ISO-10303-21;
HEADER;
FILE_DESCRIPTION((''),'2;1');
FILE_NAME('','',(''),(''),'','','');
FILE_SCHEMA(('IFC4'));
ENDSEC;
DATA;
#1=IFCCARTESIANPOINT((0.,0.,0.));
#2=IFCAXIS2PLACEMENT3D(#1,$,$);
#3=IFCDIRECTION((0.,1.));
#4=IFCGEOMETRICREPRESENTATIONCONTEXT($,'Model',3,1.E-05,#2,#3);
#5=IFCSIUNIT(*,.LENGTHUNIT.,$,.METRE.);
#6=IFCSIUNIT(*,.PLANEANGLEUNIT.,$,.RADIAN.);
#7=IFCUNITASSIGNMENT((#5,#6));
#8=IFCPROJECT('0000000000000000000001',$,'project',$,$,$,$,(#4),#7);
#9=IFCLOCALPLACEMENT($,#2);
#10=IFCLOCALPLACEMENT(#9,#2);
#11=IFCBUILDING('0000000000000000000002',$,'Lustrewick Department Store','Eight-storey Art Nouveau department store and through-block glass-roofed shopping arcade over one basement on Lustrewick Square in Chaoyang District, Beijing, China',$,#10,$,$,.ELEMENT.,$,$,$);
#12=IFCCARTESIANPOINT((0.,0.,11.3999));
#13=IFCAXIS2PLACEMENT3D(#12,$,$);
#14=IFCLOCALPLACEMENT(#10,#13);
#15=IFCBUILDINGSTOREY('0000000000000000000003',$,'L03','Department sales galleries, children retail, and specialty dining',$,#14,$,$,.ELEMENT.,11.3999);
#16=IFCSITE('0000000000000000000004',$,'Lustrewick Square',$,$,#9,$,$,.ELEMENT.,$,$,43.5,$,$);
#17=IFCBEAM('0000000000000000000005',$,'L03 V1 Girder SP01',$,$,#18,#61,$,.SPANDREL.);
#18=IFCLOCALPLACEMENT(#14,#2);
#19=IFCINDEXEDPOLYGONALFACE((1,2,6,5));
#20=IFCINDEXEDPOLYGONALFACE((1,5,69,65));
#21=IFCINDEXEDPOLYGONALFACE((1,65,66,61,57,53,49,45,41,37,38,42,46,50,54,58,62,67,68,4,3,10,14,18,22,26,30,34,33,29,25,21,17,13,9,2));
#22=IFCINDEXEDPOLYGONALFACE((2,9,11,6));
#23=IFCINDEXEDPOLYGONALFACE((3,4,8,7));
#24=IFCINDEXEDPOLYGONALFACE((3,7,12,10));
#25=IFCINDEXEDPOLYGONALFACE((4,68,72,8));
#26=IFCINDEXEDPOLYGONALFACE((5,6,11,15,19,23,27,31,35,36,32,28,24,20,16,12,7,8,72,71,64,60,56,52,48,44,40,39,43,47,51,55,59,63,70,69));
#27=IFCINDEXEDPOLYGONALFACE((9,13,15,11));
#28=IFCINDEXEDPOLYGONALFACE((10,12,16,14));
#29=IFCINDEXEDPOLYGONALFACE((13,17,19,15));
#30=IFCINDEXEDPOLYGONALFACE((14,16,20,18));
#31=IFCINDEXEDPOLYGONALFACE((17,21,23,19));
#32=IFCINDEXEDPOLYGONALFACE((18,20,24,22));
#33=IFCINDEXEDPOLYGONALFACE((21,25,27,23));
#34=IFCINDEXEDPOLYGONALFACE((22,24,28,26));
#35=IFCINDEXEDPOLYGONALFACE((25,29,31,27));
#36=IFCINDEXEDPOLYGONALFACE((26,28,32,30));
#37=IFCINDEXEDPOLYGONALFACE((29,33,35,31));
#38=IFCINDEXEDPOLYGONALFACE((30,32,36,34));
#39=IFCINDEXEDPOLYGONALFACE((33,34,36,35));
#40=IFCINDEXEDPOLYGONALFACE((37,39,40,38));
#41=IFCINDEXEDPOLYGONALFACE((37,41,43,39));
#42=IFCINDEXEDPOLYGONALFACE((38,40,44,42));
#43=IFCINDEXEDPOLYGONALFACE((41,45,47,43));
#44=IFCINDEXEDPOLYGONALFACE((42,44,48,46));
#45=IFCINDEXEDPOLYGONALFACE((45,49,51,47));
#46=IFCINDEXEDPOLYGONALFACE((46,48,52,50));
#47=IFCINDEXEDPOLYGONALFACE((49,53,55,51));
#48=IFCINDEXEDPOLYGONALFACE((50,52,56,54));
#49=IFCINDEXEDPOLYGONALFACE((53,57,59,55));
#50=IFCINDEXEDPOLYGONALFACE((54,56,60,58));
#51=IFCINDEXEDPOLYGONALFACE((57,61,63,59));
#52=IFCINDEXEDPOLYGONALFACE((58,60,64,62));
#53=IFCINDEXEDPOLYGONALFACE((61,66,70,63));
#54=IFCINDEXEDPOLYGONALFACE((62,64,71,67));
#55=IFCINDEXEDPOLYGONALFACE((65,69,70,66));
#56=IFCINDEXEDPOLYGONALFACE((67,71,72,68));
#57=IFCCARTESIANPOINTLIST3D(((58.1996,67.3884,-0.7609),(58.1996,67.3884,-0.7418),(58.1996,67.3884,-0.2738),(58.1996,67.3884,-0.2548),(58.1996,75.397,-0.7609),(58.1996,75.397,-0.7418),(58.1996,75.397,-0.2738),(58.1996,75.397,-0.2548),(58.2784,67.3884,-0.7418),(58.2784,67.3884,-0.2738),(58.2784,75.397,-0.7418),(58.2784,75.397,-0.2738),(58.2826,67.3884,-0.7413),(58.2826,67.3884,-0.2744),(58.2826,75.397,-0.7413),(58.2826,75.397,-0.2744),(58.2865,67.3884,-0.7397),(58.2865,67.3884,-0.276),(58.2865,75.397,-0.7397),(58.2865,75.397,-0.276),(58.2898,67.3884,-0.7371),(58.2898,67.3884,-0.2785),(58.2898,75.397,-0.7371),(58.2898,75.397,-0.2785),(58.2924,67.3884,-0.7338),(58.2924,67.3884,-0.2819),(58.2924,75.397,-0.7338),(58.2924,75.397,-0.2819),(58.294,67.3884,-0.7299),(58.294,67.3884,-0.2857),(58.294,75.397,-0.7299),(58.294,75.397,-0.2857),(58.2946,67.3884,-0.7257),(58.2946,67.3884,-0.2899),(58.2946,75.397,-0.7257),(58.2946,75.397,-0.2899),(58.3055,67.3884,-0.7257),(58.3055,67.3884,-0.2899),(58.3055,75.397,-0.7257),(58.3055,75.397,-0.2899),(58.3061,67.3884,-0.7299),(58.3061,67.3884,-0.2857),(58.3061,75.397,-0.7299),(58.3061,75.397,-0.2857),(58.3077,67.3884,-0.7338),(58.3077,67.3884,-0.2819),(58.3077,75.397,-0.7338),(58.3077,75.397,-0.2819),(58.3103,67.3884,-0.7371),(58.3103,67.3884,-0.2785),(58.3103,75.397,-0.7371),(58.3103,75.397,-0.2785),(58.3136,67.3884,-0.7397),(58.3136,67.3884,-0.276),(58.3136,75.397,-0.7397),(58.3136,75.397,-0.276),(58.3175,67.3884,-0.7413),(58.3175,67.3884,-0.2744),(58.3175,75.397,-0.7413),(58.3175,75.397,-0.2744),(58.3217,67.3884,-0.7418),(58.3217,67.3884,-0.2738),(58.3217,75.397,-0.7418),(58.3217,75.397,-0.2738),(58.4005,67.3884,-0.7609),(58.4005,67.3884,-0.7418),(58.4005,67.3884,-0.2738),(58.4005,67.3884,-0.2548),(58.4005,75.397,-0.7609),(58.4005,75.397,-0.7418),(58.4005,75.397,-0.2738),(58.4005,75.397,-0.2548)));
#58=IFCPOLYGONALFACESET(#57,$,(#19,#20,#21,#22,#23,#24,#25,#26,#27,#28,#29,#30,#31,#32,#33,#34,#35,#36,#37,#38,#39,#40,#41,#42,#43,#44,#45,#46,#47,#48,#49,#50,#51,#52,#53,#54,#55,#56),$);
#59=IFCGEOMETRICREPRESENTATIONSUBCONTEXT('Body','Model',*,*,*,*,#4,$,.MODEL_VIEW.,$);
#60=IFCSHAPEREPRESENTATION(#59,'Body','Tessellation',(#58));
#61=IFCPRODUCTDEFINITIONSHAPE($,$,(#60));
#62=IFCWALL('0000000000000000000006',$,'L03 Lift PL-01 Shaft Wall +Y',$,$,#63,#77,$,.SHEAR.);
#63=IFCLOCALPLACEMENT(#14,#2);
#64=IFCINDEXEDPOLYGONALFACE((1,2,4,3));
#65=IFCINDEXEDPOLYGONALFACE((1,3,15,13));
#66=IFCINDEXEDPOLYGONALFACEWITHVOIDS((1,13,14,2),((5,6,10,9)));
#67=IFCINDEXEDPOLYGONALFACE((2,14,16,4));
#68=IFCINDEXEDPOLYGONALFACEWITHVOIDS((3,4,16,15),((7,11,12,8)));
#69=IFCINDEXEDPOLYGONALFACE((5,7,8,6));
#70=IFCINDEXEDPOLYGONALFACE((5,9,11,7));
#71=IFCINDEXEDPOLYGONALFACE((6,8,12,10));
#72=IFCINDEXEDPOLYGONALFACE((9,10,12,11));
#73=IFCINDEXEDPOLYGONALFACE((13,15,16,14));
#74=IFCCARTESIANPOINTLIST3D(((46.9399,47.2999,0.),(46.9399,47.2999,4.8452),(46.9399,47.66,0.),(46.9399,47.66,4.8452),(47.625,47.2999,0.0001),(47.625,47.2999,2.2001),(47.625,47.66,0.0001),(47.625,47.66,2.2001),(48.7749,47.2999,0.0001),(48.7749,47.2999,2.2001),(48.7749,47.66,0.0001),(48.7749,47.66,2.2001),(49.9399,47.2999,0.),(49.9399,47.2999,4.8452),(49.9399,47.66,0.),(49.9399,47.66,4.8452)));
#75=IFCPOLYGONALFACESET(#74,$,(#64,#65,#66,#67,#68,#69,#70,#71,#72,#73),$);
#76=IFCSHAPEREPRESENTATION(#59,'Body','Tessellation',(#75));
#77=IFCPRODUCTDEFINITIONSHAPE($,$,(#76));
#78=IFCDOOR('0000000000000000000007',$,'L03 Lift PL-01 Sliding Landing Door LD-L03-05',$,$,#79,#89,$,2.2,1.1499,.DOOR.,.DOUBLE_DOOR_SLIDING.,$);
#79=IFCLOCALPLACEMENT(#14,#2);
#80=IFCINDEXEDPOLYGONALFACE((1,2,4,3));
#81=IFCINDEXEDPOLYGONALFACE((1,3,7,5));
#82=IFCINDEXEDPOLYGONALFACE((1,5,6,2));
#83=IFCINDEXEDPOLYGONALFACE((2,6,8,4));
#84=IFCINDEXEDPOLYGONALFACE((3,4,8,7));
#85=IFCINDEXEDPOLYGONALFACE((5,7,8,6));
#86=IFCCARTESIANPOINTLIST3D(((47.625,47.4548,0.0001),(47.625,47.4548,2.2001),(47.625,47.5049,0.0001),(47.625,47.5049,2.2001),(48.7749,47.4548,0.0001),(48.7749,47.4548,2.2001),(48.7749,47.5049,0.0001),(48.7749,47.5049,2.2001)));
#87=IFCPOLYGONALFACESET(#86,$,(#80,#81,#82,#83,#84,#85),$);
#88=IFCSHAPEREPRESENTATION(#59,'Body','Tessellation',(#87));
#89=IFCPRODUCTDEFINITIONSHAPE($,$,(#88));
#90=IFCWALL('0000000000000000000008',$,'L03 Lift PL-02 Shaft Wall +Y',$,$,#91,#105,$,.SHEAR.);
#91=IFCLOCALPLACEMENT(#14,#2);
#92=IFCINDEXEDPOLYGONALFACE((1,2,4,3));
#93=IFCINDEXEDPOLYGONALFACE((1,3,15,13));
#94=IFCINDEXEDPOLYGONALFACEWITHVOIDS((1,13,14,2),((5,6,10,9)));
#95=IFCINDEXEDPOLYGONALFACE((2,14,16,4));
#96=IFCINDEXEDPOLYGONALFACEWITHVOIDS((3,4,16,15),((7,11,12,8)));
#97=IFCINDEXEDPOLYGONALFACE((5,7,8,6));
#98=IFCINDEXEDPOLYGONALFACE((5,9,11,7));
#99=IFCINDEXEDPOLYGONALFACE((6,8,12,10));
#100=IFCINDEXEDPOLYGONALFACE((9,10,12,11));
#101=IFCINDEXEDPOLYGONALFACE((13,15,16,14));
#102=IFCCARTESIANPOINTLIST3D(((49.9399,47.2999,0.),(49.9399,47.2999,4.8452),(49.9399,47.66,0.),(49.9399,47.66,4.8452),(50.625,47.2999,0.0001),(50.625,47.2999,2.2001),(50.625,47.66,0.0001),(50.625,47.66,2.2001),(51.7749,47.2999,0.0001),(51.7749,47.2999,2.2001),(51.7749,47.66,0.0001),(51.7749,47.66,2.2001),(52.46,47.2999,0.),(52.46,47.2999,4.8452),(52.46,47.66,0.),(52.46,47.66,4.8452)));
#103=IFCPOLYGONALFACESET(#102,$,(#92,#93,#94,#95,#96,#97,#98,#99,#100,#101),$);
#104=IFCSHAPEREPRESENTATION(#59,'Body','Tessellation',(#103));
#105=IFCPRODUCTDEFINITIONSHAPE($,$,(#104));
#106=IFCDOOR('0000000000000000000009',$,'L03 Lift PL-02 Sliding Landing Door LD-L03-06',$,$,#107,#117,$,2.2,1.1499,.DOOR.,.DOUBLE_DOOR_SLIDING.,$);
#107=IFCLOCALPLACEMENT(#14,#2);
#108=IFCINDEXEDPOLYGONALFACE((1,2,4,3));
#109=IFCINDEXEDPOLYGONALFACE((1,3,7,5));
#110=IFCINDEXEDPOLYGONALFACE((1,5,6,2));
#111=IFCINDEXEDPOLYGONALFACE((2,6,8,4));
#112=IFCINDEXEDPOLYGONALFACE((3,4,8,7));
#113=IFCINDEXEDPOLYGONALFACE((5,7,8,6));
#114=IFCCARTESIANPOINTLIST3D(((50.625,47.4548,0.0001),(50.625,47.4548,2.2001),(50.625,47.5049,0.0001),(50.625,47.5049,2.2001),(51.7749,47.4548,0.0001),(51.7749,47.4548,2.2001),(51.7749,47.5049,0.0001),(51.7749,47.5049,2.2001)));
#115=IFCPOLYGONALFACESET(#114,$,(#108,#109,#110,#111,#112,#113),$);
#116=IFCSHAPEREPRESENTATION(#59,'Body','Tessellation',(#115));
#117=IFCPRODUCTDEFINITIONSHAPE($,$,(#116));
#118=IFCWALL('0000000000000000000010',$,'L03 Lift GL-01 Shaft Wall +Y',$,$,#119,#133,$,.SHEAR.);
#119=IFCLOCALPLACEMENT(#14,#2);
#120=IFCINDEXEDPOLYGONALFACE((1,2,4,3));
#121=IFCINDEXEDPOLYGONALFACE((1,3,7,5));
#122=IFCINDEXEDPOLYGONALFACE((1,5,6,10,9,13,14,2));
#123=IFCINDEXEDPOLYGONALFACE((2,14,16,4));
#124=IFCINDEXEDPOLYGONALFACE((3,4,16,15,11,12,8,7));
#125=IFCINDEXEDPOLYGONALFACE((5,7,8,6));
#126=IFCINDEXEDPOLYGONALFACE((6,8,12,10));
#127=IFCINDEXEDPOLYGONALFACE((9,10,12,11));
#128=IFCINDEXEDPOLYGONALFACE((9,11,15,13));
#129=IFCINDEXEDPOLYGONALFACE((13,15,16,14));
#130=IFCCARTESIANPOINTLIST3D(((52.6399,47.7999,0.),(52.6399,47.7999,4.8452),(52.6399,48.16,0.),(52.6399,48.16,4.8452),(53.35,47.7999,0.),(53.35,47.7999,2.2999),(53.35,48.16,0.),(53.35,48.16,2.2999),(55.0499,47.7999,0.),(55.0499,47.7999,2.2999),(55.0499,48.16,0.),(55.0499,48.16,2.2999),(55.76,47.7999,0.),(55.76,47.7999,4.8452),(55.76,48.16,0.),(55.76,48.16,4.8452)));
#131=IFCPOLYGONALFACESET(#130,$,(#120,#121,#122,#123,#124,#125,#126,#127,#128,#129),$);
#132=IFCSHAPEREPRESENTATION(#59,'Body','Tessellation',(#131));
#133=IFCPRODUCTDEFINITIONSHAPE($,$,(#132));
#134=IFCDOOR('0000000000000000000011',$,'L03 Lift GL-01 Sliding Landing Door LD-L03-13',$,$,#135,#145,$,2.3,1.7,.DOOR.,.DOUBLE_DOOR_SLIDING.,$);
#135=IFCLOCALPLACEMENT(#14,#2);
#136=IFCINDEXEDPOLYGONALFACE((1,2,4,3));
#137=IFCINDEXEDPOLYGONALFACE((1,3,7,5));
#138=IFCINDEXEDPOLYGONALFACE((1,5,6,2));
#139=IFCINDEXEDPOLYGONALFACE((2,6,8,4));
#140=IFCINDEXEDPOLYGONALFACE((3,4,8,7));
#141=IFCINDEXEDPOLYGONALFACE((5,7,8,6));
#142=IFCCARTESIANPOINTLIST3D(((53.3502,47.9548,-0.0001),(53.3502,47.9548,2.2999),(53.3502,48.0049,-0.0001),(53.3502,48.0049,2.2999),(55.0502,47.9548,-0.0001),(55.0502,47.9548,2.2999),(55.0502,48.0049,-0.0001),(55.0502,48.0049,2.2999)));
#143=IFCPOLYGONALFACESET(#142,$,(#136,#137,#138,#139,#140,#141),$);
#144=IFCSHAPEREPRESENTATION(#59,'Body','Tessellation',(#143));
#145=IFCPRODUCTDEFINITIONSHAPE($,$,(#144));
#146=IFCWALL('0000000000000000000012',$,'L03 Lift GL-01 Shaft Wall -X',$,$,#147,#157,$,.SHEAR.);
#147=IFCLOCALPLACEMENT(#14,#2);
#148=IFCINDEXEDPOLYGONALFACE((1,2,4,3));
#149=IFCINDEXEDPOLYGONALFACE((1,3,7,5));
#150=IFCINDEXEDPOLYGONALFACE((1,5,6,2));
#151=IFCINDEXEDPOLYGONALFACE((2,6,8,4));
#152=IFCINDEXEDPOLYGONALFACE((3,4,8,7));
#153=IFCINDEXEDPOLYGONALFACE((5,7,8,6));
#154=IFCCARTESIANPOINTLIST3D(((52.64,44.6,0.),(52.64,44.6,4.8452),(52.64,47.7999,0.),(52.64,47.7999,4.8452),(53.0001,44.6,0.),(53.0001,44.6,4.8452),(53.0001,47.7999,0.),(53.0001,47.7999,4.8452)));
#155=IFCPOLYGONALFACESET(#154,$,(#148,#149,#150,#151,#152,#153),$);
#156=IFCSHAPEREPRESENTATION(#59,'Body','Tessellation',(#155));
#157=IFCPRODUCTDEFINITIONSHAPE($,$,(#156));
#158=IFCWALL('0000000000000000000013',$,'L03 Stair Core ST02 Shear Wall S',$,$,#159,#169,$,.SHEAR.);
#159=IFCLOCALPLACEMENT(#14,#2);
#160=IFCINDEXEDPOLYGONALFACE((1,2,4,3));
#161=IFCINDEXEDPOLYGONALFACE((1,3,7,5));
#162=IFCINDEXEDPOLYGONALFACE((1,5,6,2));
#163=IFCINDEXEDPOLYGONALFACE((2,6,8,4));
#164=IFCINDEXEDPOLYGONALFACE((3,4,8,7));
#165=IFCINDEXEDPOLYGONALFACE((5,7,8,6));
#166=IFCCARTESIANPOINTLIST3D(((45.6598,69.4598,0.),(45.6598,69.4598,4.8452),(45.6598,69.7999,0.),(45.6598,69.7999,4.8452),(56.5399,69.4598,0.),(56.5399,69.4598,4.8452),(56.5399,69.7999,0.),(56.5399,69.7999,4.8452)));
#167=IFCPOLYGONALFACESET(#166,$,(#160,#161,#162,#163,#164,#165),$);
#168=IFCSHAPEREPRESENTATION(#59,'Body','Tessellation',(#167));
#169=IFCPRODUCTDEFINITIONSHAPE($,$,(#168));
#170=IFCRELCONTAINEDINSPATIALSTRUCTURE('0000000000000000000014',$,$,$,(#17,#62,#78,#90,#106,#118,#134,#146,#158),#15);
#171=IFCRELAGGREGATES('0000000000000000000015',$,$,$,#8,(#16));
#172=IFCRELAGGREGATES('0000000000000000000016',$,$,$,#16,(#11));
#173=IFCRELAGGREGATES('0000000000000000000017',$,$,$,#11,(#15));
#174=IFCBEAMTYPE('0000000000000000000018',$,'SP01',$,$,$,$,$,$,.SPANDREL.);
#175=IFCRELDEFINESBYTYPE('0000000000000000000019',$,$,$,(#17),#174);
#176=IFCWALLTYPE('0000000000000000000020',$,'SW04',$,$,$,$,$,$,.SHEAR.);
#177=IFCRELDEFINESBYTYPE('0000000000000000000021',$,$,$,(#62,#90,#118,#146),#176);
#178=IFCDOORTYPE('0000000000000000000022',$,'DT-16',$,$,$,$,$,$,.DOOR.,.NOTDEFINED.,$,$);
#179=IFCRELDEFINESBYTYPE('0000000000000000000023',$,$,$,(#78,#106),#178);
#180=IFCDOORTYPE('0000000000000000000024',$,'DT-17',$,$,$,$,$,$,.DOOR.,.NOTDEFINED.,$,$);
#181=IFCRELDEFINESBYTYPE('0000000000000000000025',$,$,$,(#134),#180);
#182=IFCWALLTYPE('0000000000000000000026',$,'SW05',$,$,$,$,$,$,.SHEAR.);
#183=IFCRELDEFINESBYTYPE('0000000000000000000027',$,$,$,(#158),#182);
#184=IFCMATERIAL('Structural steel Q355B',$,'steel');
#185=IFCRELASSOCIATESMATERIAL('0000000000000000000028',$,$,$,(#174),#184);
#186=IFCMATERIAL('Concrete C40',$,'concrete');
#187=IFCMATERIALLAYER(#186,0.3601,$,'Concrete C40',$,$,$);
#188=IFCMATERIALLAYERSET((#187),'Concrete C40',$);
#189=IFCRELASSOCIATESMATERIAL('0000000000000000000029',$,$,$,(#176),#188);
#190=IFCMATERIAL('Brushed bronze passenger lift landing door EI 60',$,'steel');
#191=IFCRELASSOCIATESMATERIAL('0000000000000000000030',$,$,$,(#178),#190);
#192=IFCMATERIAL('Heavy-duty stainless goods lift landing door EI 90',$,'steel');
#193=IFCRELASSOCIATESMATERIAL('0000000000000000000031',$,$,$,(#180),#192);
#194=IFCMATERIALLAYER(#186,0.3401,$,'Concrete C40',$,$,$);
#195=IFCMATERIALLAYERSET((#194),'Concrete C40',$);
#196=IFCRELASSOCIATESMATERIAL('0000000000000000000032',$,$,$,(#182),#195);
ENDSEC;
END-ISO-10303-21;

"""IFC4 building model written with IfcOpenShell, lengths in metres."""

from ifc_helpers import new_model, si_unit, direction, frame, frame_2d, origin, origin_2d, place, context, subcontext, project, spatial, rectangle, i_section, extrude, material, layer, layer_set, material_profile, profile_set, type_object, element, fill, save


model = new_model("IFC4")

# Units and contexts
model_context = context("Model", 3, precision=1e-05, world=origin(), true_north=direction((0.0, 1.0)))
body_context = subcontext(model_context, "Body", "Model", "MODEL_VIEW")
ifc_project = project(units=[si_unit("LENGTHUNIT", "METRE"), si_unit("PLANEANGLEUNIT", "RADIAN")], contexts=[model_context])

# Site, building, storey
site_placement = place(None, origin())
site = spatial("IfcSite", under=ifc_project, at=site_placement, Name="Lustrewick Square", CompositionType="ELEMENT", RefElevation=43.5)
building_placement = place(site_placement, origin())
building = spatial("IfcBuilding", under=site, at=building_placement, Name="Lustrewick Department Store", Description="Eight-storey Art Nouveau department store and through-block glass-roofed shopping arcade over one basement on Lustrewick Square in Chaoyang District, Beijing, China", CompositionType="ELEMENT")
storey_placement = place(building_placement, frame((0.0, 0.0, 11.3999)))
storey = spatial("IfcBuildingStorey", under=building, at=storey_placement, Name="L03", Description="Department sales galleries, children retail, and specialty dining", CompositionType="ELEMENT", Elevation=11.3999)

# Shared definitions
ifc_material_1 = material(Name="Structural steel Q355B", Category="steel")

# Beam
ifc_material_profile_1 = material_profile(ifc_material_1, i_section(OverallWidth=0.2009, OverallDepth=0.5061, WebThickness=0.011, FlangeThickness=0.019, FilletRadius=0.0161, at=origin_2d()), Name="HN 506x201x11x19")
ifc_profile_set_1 = profile_set([ifc_material_profile_1], Name="Structural steel Q355B")
beam_type_1 = type_object("IfcBeamType", Name="SP01", PredefinedType="SPANDREL", material=ifc_profile_set_1)
beam_1_placement = place(storey_placement, frame((58.3, 67.3884, -0.5078), z_axis=(0.0, 1.0, 0.0), x_axis=(-1.0, 0.0, 0.0)))
element("IfcBeam", 1, at=beam_1_placement, inside=storey, type_object=beam_type_1, Name="L03 V1 Girder SP01", PredefinedType="SPANDREL", context=body_context, shape_type="SweptSolid", body=[
    extrude(i_section(OverallWidth=0.2009, OverallDepth=0.5061, WebThickness=0.011, FlangeThickness=0.019, FilletRadius=0.0161, at=origin_2d()), origin(), (0.0, 0.0, 1.0), 8.0085),
])

# Walls, openings, doors
ifc_material_2 = material(Name="Concrete C40", Category="concrete")
ifc_layer_1 = layer(ifc_material_2, 0.3601, Name="Concrete C40")
ifc_layer_set_1 = layer_set([ifc_layer_1], Name="Concrete C40")
wall_type_1 = type_object("IfcWallType", Name="SW04", PredefinedType="SHEAR", material=ifc_layer_set_1)
wall_1_placement = place(storey_placement, frame((49.9399, 47.48, 0.0), z_axis=(0.0, 0.0, 1.0), x_axis=(-1.0, 0.0, 0.0)))
wall_1 = element("IfcWall", 2, at=wall_1_placement, inside=storey, type_object=wall_type_1, Name="L03 Lift PL-01 Shaft Wall +Y", PredefinedType="SHEAR", context=body_context, shape_type="SweptSolid", body=[
    extrude(rectangle(XDim=3.0, YDim=0.3601, at=frame_2d((1.5, 0.0))), origin(), (0.0, 0.0, 1.0), 4.8452),
])
opening_1_placement = place(wall_1_placement, frame((1.165, 0.0, 0.0)))
opening_1 = element("IfcOpeningElement", 3, at=opening_1_placement, cuts=wall_1, PredefinedType="OPENING", context=body_context, shape_type="SweptSolid", body=[
    extrude(rectangle(XDim=1.1499, YDim=2.2, at=frame_2d((0.575, 1.1001))), frame((0.0, 0.1899, 0.0), z_axis=(0.0, -1.0, 0.0), x_axis=(1.0, 0.0, 0.0)), (0.0, 0.0, 1.0), 0.3801),
])
ifc_material_3 = material(Name="Brushed bronze passenger lift landing door EI 60", Category="steel")
door_type_1 = type_object("IfcDoorType", Name="DT-16", OperationType="NOTDEFINED", PredefinedType="DOOR", material=ifc_material_3)
door_1_placement = place(opening_1_placement, frame((1.1499, 0.0, 0.0), z_axis=(0.0, 0.0, 1.0), x_axis=(-1.0, 0.0, 0.0)))
door_1 = element("IfcDoor", 4, at=door_1_placement, inside=storey, type_object=door_type_1, Name="L03 Lift PL-01 Sliding Landing Door LD-L03-05", OperationType="DOUBLE_DOOR_SLIDING", OverallHeight=2.2, OverallWidth=1.1499, PredefinedType="DOOR", context=body_context, shape_type="SweptSolid", body=[
    extrude(rectangle(XDim=1.1499, YDim=2.2, at=frame_2d((0.575, 1.1001))), frame((0.0, 0.0249, 0.0), z_axis=(0.0, -1.0, 0.0), x_axis=(1.0, 0.0, 0.0)), (0.0, 0.0, 1.0), 0.05),
])
fill(opening_1, door_1)
wall_2_placement = place(storey_placement, frame((52.46, 47.48, 0.0), z_axis=(0.0, 0.0, 1.0), x_axis=(-1.0, 0.0, 0.0)))
wall_2 = element("IfcWall", 5, at=wall_2_placement, inside=storey, type_object=wall_type_1, Name="L03 Lift PL-02 Shaft Wall +Y", PredefinedType="SHEAR", context=body_context, shape_type="SweptSolid", body=[
    extrude(rectangle(XDim=2.52, YDim=0.3601, at=frame_2d((1.26, 0.0))), origin(), (0.0, 0.0, 1.0), 4.8452),
])
opening_2_placement = place(wall_2_placement, frame((0.6851, 0.0, 0.0)))
opening_2 = element("IfcOpeningElement", 6, at=opening_2_placement, cuts=wall_2, PredefinedType="OPENING", context=body_context, shape_type="SweptSolid", body=[
    extrude(rectangle(XDim=1.1499, YDim=2.2, at=frame_2d((0.575, 1.1001))), frame((0.0, 0.1899, 0.0), z_axis=(0.0, -1.0, 0.0), x_axis=(1.0, 0.0, 0.0)), (0.0, 0.0, 1.0), 0.3801),
])
door_2_placement = place(opening_2_placement, frame((1.1499, 0.0, 0.0), z_axis=(0.0, 0.0, 1.0), x_axis=(-1.0, 0.0, 0.0)))
door_2 = element("IfcDoor", 7, at=door_2_placement, inside=storey, type_object=door_type_1, Name="L03 Lift PL-02 Sliding Landing Door LD-L03-06", OperationType="DOUBLE_DOOR_SLIDING", OverallHeight=2.2, OverallWidth=1.1499, PredefinedType="DOOR", context=body_context, shape_type="SweptSolid", body=[
    extrude(rectangle(XDim=1.1499, YDim=2.2, at=frame_2d((0.575, 1.1001))), frame((0.0, 0.0249, 0.0), z_axis=(0.0, -1.0, 0.0), x_axis=(1.0, 0.0, 0.0)), (0.0, 0.0, 1.0), 0.05),
])
fill(opening_2, door_2)
wall_3_placement = place(storey_placement, frame((55.76, 47.98, 0.0), z_axis=(0.0, 0.0, 1.0), x_axis=(-1.0, 0.0, 0.0)))
wall_3 = element("IfcWall", 8, at=wall_3_placement, inside=storey, type_object=wall_type_1, Name="L03 Lift GL-01 Shaft Wall +Y", PredefinedType="SHEAR", context=body_context, shape_type="SweptSolid", body=[
    extrude(rectangle(XDim=3.1201, YDim=0.3601, at=frame_2d((1.5601, 0.0))), origin(), (0.0, 0.0, 1.0), 4.8452),
])
opening_3_placement = place(wall_3_placement, frame((0.71, 0.0, 0.0)))
opening_3 = element("IfcOpeningElement", 9, at=opening_3_placement, cuts=wall_3, PredefinedType="OPENING", context=body_context, shape_type="SweptSolid", body=[
    extrude(rectangle(XDim=1.7, YDim=2.3, at=frame_2d((0.8501, 1.1499))), frame((0.0, 0.1899, 0.0), z_axis=(0.0, -1.0, 0.0), x_axis=(1.0, 0.0, 0.0)), (0.0, 0.0, 1.0), 0.3801),
])
ifc_material_4 = material(Name="Heavy-duty stainless goods lift landing door EI 90", Category="steel")
door_type_2 = type_object("IfcDoorType", Name="DT-17", OperationType="NOTDEFINED", PredefinedType="DOOR", material=ifc_material_4)
door_3_placement = place(opening_3_placement, frame((1.7, 0.0, 0.0), z_axis=(0.0, 0.0, 1.0), x_axis=(-1.0, 0.0, 0.0)))
door_3 = element("IfcDoor", 10, at=door_3_placement, inside=storey, type_object=door_type_2, Name="L03 Lift GL-01 Sliding Landing Door LD-L03-13", OperationType="DOUBLE_DOOR_SLIDING", OverallHeight=2.3, OverallWidth=1.7, PredefinedType="DOOR", context=body_context, shape_type="SweptSolid", body=[
    extrude(rectangle(XDim=1.7, YDim=2.3, at=frame_2d((0.8501, 1.1499))), frame((0.0, 0.0249, 0.0), z_axis=(0.0, -1.0, 0.0), x_axis=(1.0, 0.0, 0.0)), (0.0, 0.0, 1.0), 0.05),
])
fill(opening_3, door_3)

# Walls
wall_4_placement = place(storey_placement, frame((52.8201, 47.8, 0.0), z_axis=(0.0, 0.0, 1.0), x_axis=(0.0, -1.0, 0.0)))
element("IfcWall", 11, at=wall_4_placement, inside=storey, type_object=wall_type_1, Name="L03 Lift GL-01 Shaft Wall -X", PredefinedType="SHEAR", context=body_context, shape_type="SweptSolid", body=[
    extrude(rectangle(XDim=3.2, YDim=0.3601, at=frame_2d((1.6001, 0.0))), origin(), (0.0, 0.0, 1.0), 4.8452),
])
ifc_layer_2 = layer(ifc_material_2, 0.3401, Name="Concrete C40")
ifc_layer_set_2 = layer_set([ifc_layer_2], Name="Concrete C40")
wall_type_2 = type_object("IfcWallType", Name="SW05", PredefinedType="SHEAR", material=ifc_layer_set_2)
wall_5_placement = place(storey_placement, frame((45.6599, 69.6299, 0.0), z_axis=(0.0, 0.0, 1.0), x_axis=(1.0, 0.0, 0.0)))
element("IfcWall", 12, at=wall_5_placement, inside=storey, type_object=wall_type_2, Name="L03 Stair Core ST02 Shear Wall S", PredefinedType="SHEAR", context=body_context, shape_type="SweptSolid", body=[
    extrude(rectangle(XDim=10.8801, YDim=0.3401, at=frame_2d((5.4399, 0.0))), origin(), (0.0, 0.0, 1.0), 4.8452),
])

save(model, "model.ifc")
